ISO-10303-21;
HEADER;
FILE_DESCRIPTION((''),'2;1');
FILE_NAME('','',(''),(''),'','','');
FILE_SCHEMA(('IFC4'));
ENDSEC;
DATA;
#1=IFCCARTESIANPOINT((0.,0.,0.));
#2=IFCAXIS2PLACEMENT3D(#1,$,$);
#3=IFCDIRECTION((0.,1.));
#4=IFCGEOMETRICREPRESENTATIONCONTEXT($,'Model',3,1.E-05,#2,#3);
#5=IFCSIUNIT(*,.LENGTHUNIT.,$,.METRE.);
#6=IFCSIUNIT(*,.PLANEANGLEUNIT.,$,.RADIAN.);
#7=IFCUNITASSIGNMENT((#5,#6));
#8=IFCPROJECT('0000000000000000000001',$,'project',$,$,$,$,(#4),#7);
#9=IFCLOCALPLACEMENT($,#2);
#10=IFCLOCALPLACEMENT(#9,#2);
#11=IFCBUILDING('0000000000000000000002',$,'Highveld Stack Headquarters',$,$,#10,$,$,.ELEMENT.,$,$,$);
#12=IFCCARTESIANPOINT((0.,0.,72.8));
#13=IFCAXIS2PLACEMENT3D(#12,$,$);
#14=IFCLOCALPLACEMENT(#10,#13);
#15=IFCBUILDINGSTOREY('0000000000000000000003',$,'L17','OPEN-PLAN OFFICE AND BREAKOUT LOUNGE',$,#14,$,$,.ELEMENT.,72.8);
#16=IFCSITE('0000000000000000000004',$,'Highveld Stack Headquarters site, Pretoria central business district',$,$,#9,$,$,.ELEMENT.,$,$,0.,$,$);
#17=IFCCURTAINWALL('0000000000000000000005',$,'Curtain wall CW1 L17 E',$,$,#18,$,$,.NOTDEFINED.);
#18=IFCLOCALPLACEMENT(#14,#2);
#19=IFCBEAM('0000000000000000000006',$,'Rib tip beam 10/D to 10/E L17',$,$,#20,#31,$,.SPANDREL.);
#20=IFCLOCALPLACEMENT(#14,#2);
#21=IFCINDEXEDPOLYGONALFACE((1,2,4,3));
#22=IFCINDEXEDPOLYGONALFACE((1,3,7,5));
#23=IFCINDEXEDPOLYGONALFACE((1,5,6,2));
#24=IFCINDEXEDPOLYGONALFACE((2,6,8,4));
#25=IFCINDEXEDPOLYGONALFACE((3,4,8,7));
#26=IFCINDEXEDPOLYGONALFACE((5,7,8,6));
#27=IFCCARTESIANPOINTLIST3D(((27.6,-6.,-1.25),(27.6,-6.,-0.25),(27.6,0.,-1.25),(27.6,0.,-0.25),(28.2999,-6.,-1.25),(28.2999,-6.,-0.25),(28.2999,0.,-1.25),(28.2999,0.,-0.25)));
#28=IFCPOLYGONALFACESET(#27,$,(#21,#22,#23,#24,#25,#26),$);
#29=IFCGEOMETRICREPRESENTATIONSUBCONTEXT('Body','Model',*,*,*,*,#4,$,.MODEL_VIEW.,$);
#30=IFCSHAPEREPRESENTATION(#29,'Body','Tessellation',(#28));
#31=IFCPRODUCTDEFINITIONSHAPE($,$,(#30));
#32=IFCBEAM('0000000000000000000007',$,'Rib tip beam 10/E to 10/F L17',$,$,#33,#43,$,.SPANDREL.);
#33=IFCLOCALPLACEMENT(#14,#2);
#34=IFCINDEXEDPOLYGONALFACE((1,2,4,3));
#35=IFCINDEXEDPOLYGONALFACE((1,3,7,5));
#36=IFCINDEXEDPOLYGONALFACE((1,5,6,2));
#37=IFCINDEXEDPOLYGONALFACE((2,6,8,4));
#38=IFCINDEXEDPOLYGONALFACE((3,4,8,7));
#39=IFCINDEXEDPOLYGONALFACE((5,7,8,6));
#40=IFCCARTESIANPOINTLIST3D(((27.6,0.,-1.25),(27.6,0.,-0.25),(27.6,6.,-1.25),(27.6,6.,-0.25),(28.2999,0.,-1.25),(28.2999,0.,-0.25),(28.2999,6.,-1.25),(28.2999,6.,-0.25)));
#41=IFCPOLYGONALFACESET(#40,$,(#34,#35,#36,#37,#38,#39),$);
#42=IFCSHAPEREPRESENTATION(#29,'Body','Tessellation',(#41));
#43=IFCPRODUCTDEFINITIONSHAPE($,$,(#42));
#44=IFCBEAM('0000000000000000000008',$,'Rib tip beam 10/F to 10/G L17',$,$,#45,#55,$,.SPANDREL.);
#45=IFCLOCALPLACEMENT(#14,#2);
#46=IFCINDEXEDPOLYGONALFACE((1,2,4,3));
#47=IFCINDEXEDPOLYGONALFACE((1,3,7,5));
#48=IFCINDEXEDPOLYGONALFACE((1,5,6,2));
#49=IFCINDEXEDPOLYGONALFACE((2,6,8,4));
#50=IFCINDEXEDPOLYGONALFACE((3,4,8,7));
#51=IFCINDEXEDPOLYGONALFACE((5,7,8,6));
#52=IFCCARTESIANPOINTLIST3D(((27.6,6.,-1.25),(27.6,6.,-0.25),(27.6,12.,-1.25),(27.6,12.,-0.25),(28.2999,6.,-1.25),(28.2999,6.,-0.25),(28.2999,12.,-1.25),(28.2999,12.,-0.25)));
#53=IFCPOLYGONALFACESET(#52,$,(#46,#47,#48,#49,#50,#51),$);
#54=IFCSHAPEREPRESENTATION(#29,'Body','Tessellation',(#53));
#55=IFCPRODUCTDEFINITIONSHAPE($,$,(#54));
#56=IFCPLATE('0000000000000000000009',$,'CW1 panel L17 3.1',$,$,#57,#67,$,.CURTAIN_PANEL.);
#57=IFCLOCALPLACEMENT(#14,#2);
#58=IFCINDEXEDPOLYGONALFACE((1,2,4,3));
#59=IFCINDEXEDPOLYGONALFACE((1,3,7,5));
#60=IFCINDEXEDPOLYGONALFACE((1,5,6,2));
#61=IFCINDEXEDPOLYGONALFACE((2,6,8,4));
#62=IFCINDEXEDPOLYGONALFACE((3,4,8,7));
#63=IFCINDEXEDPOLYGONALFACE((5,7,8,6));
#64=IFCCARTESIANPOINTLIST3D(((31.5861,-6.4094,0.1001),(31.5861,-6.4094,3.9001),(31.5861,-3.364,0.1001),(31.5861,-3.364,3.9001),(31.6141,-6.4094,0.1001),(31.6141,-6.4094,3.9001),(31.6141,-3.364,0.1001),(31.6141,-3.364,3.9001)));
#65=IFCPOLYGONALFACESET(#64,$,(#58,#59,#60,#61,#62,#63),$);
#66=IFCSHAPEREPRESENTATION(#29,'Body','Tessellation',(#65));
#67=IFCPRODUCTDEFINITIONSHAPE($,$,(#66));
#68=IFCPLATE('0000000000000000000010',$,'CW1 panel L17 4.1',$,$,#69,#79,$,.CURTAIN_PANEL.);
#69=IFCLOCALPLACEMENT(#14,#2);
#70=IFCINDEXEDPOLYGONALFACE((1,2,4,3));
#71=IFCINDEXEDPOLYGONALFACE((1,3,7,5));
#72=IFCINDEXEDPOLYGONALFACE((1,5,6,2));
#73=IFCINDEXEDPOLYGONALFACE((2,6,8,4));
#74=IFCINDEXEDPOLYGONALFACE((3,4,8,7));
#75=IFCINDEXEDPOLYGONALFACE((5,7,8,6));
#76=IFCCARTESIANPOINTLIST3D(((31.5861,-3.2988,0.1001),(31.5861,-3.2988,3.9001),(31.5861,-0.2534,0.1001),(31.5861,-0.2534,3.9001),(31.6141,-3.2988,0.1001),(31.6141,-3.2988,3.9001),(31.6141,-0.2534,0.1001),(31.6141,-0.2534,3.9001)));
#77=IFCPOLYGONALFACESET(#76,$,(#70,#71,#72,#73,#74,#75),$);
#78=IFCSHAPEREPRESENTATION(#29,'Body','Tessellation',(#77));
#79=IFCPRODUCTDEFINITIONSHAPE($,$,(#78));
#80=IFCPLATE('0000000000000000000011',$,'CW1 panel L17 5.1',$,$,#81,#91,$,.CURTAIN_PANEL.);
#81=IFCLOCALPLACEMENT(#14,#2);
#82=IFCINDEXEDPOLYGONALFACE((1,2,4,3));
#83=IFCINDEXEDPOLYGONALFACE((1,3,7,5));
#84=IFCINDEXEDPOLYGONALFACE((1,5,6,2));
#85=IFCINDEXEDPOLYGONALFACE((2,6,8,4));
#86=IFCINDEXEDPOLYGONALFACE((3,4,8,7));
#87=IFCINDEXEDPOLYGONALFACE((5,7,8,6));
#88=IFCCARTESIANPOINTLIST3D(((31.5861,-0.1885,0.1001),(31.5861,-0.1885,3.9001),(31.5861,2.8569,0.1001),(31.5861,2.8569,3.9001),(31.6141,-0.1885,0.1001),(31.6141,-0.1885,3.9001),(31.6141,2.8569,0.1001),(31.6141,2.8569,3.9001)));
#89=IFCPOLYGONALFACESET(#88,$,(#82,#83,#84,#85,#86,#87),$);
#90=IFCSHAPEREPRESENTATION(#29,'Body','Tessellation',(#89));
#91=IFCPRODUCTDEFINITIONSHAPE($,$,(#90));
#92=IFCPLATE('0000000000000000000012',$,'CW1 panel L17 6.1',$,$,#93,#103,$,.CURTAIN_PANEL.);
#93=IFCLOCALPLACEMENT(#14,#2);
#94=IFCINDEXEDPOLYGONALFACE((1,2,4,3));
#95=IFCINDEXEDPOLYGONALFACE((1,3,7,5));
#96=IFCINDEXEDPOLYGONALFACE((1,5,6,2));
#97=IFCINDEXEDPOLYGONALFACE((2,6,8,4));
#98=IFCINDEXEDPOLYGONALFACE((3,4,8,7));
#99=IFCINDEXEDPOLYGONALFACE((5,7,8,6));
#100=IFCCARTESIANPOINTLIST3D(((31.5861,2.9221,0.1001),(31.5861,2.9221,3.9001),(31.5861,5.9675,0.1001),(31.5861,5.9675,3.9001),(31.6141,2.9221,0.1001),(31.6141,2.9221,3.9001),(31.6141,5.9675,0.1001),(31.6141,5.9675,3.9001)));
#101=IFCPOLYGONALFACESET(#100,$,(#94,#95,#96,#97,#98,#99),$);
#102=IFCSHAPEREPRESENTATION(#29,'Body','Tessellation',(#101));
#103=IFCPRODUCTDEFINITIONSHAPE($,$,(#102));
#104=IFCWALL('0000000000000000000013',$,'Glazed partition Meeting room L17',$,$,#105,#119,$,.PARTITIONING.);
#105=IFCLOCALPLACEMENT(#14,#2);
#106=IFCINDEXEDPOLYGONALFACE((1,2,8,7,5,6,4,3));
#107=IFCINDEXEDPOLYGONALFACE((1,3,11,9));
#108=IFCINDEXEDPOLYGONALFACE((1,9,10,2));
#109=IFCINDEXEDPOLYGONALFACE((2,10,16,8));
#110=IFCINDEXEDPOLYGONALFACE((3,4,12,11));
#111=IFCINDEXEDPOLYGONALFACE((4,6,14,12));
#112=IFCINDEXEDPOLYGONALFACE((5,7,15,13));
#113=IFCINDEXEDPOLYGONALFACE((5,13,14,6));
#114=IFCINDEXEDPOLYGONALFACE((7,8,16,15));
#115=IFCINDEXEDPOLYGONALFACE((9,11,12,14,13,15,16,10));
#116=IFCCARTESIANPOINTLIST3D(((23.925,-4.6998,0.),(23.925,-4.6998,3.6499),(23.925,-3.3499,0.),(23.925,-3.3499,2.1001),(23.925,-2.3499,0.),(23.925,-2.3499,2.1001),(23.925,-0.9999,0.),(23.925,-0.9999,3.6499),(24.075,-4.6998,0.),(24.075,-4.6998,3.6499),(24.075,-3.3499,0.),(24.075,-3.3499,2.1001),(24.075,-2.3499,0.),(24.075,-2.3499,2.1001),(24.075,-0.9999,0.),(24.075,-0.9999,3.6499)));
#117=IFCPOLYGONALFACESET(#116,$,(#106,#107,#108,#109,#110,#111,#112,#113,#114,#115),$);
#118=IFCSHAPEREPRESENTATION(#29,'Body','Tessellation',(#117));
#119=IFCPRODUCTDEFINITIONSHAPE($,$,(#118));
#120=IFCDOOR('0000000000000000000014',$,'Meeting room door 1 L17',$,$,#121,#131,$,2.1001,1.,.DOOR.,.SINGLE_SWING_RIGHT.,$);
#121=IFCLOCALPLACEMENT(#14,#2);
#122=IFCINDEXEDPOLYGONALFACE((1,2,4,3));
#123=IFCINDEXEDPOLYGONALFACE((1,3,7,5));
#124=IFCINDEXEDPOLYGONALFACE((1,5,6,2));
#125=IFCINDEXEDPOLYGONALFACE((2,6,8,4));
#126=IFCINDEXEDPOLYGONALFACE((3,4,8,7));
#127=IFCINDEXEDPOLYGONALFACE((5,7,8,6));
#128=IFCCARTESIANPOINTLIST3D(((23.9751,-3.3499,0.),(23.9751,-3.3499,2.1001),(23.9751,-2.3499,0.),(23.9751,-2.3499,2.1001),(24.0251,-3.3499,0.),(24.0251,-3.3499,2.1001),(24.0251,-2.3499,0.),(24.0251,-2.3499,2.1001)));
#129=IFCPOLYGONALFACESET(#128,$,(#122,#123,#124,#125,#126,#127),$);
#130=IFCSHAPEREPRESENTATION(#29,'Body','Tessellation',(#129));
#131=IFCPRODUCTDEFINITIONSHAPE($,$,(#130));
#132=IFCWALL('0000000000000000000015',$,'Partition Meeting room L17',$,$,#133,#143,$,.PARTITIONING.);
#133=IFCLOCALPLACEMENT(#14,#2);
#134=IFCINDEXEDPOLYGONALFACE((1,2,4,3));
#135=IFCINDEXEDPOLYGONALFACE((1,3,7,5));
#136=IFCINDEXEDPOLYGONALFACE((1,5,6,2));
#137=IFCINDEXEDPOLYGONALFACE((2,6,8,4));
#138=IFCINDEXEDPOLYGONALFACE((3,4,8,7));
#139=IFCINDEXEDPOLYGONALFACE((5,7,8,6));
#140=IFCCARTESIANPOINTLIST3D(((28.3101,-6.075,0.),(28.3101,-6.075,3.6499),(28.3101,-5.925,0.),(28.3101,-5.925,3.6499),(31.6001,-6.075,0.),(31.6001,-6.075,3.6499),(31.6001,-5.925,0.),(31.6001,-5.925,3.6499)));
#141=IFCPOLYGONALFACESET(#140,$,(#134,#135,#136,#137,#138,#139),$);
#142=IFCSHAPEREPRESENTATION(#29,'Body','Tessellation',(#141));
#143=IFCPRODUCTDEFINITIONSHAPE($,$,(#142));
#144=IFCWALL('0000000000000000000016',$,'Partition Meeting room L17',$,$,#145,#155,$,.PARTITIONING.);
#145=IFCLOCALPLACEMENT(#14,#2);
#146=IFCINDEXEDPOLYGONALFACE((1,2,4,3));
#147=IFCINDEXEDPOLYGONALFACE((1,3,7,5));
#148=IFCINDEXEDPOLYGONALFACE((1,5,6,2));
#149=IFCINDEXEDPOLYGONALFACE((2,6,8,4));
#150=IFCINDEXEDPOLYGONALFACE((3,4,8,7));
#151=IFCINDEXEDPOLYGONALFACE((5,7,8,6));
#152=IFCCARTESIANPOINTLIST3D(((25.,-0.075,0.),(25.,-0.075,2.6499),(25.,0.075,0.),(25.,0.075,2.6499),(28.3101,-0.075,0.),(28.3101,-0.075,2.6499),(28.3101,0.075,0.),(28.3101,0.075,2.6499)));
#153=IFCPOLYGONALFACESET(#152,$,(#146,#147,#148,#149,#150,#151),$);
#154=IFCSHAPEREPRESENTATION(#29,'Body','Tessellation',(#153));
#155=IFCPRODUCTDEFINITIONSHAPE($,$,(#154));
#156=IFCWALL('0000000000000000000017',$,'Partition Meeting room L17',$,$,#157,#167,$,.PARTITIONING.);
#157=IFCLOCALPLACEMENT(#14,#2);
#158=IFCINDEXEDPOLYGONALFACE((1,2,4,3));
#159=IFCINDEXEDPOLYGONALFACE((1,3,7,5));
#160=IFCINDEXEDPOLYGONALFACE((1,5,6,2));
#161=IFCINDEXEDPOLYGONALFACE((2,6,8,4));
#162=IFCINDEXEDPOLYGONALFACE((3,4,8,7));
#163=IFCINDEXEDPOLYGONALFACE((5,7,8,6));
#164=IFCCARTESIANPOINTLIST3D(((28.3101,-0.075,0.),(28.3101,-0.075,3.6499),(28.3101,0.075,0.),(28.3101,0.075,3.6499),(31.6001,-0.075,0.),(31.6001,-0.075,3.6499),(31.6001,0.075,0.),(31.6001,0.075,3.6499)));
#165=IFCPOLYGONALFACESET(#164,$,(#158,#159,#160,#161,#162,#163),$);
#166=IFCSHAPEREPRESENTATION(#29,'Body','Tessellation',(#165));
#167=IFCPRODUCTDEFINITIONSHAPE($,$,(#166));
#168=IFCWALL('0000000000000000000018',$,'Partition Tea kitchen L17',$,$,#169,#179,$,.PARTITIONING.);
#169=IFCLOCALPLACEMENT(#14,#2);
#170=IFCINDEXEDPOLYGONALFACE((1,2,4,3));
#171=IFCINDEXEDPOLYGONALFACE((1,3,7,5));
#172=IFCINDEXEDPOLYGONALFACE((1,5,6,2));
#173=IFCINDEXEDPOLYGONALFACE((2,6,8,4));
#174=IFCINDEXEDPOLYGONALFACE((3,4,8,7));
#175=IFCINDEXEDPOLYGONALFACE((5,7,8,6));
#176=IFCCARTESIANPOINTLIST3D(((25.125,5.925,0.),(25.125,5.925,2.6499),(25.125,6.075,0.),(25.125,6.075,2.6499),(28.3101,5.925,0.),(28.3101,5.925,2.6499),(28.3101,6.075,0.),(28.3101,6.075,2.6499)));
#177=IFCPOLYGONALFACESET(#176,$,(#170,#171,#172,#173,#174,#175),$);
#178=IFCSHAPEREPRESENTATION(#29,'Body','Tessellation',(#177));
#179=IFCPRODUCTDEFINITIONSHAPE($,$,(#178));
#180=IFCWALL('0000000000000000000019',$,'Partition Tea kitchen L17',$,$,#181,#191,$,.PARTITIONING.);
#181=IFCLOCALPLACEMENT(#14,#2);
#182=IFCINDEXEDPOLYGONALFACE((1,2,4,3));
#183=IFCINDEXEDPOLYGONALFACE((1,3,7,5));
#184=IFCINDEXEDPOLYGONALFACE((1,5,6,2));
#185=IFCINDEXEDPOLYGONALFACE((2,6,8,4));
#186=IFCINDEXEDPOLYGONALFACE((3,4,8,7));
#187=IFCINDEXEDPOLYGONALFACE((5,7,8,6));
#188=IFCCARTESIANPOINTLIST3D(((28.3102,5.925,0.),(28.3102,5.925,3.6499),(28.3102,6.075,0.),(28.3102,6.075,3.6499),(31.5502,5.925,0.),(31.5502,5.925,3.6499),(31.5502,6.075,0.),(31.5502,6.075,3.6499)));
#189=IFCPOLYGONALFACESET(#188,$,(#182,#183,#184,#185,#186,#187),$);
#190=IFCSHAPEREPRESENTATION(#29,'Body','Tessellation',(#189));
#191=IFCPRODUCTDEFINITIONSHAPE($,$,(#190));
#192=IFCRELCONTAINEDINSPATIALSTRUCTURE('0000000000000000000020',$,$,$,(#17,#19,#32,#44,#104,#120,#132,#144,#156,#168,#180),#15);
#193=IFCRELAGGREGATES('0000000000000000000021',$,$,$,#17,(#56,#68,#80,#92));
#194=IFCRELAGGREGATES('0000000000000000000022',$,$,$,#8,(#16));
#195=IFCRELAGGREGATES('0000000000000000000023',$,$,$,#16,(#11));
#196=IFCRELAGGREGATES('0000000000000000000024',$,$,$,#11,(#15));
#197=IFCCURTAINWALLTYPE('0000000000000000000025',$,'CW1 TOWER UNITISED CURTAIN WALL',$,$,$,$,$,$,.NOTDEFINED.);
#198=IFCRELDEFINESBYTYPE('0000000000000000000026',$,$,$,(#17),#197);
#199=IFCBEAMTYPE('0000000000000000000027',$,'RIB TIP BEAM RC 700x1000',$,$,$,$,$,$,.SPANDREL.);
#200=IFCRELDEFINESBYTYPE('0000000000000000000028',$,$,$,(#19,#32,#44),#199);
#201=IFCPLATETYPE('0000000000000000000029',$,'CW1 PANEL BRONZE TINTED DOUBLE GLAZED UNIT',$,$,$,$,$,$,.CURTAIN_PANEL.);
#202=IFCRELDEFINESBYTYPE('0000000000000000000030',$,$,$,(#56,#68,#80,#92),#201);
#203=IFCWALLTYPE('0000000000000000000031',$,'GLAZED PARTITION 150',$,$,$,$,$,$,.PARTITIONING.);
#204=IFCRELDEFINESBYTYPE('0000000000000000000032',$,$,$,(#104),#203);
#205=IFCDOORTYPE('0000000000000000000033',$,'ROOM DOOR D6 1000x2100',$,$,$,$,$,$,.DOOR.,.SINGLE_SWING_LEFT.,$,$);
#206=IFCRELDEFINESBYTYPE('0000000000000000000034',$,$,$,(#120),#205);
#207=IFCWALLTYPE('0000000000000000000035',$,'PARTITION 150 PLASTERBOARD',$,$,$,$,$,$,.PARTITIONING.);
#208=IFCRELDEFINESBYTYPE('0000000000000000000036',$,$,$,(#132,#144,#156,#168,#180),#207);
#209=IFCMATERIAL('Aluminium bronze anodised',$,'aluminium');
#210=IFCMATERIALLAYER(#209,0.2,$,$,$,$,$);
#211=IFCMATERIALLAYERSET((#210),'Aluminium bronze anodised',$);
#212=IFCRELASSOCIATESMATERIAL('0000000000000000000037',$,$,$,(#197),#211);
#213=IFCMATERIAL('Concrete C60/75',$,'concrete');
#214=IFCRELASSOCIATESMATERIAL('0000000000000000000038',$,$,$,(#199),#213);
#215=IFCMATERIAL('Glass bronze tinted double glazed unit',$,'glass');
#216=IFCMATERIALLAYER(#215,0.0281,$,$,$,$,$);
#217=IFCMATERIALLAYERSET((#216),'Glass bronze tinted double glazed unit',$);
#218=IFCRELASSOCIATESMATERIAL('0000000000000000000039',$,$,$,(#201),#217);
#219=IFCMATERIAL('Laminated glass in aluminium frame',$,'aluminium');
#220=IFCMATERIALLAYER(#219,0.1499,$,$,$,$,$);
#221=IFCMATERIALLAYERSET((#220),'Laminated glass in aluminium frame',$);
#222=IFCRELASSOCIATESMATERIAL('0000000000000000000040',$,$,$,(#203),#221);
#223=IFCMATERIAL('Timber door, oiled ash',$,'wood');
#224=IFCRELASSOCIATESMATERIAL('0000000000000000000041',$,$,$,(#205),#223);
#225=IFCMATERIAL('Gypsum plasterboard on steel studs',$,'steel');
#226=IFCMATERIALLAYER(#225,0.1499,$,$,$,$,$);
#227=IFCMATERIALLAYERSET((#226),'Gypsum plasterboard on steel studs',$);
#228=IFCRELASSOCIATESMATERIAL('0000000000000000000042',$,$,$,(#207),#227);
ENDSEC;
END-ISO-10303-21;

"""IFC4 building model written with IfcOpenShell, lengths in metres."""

from ifc_helpers import new_model, si_unit, direction, frame, frame_2d, origin, origin_2d, place, context, subcontext, project, spatial, rectangle, extrude, material, layer, layer_set, material_profile, profile_set, type_object, element, fill, aggregate, save


model = new_model("IFC4")

# Units and contexts
model_context = context("Model", 3, precision=1e-05, world=origin(), true_north=direction((0.0, 1.0)))
body_context = subcontext(model_context, "Body", "Model", "MODEL_VIEW")
ifc_project = project(units=[si_unit("LENGTHUNIT", "METRE"), si_unit("PLANEANGLEUNIT", "RADIAN")], contexts=[model_context])

# Site, building, storey
site_placement = place(None, origin())
site = spatial("IfcSite", under=ifc_project, at=site_placement, Name="Highveld Stack Headquarters site, Pretoria central business district", CompositionType="ELEMENT", RefElevation=0.0)
building_placement = place(site_placement, origin())
building = spatial("IfcBuilding", under=site, at=building_placement, Name="Highveld Stack Headquarters", CompositionType="ELEMENT")
storey_placement = place(building_placement, frame((0.0, 0.0, 72.8)))
storey = spatial("IfcBuildingStorey", under=building, at=storey_placement, Name="L17", Description="OPEN-PLAN OFFICE AND BREAKOUT LOUNGE", CompositionType="ELEMENT", Elevation=72.8)

# Curtain wall
ifc_material_1 = material(Name="Aluminium bronze anodised", Category="aluminium")
ifc_layer_1 = layer(ifc_material_1, 0.2)
ifc_layer_set_1 = layer_set([ifc_layer_1], Name="Aluminium bronze anodised")
curtain_wall_type = type_object("IfcCurtainWallType", Name="CW1 TOWER UNITISED CURTAIN WALL", PredefinedType="NOTDEFINED", material=ifc_layer_set_1)
curtain_wall_placement = place(storey_placement, origin())
curtain_wall = element("IfcCurtainWall", 1, at=curtain_wall_placement, inside=storey, type_object=curtain_wall_type, Name="Curtain wall CW1 L17 E", PredefinedType="NOTDEFINED")

# Beams
ifc_material_2 = material(Name="Concrete C60/75", Category="concrete")
ifc_material_profile_1 = material_profile(ifc_material_2, rectangle(XDim=0.7, YDim=1.0, at=origin_2d()), Name="RC 700x1000")
ifc_profile_set_1 = profile_set([ifc_material_profile_1], Name="Concrete C60/75")
beam_type_1 = type_object("IfcBeamType", Name="RIB TIP BEAM RC 700x1000", PredefinedType="SPANDREL", material=ifc_profile_set_1)
for number, where, z_axis, x_axis, name in (
    (2, (27.95, -6.0, -0.75), (0.0, 1.0, 0.0), (-1.0, 0.0, 0.0), "Rib tip beam 10/D to 10/E L17"),
    (3, (27.95, 0.0, -0.75), (0.0, 1.0, 0.0), (-1.0, 0.0, 0.0), "Rib tip beam 10/E to 10/F L17"),
    (4, (27.95, 6.0, -0.75), (0.0, 1.0, 0.0), (-1.0, 0.0, 0.0), "Rib tip beam 10/F to 10/G L17"),
):
    element("IfcBeam", number, at=place(storey_placement, frame(where, z_axis=z_axis, x_axis=x_axis)), inside=storey, type_object=beam_type_1, Name=name, PredefinedType="SPANDREL", context=body_context, shape_type="SweptSolid", body=[
        extrude(rectangle(XDim=0.7, YDim=1.0, at=origin_2d()), origin(), (0.0, 0.0, 1.0), 6.0),
    ])

# Plates
ifc_material_3 = material(Name="Glass bronze tinted double glazed unit", Category="glass")
ifc_layer_2 = layer(ifc_material_3, 0.0281)
ifc_layer_set_2 = layer_set([ifc_layer_2], Name="Glass bronze tinted double glazed unit")
plate_type = type_object("IfcPlateType", Name="CW1 PANEL BRONZE TINTED DOUBLE GLAZED UNIT", PredefinedType="CURTAIN_PANEL", material=ifc_layer_set_2)
plate_1_placement = place(storey_placement, frame((31.6001, -4.8867, 0.1001), z_axis=(0.0, 0.0, 1.0), x_axis=(0.0, 1.0, 0.0)))
plate_1 = element("IfcPlate", 5, at=plate_1_placement, type_object=plate_type, Name="CW1 panel L17 3.1", PredefinedType="CURTAIN_PANEL", context=body_context, shape_type="SweptSolid", body=[
    extrude(rectangle(XDim=3.0454, YDim=0.0281, at=origin_2d()), origin(), (0.0, 0.0, 1.0), 3.8),
])
plate_2_placement = place(storey_placement, frame((31.6001, -1.7761, 0.1001), z_axis=(0.0, 0.0, 1.0), x_axis=(0.0, 1.0, 0.0)))
plate_2 = element("IfcPlate", 6, at=plate_2_placement, type_object=plate_type, Name="CW1 panel L17 4.1", PredefinedType="CURTAIN_PANEL", context=body_context, shape_type="SweptSolid", body=[
    extrude(rectangle(XDim=3.0454, YDim=0.0281, at=origin_2d()), origin(), (0.0, 0.0, 1.0), 3.8),
])
plate_3_placement = place(storey_placement, frame((31.6001, 1.3342, 0.1001), z_axis=(0.0, 0.0, 1.0), x_axis=(0.0, 1.0, 0.0)))
plate_3 = element("IfcPlate", 7, at=plate_3_placement, type_object=plate_type, Name="CW1 panel L17 5.1", PredefinedType="CURTAIN_PANEL", context=body_context, shape_type="SweptSolid", body=[
    extrude(rectangle(XDim=3.0454, YDim=0.0281, at=origin_2d()), origin(), (0.0, 0.0, 1.0), 3.8),
])
plate_4_placement = place(storey_placement, frame((31.6001, 4.4448, 0.1001), z_axis=(0.0, 0.0, 1.0), x_axis=(0.0, 1.0, 0.0)))
plate_4 = element("IfcPlate", 8, at=plate_4_placement, type_object=plate_type, Name="CW1 panel L17 6.1", PredefinedType="CURTAIN_PANEL", context=body_context, shape_type="SweptSolid", body=[
    extrude(rectangle(XDim=3.0454, YDim=0.0281, at=origin_2d()), origin(), (0.0, 0.0, 1.0), 3.8),
])
aggregate(curtain_wall, [plate_1, plate_2, plate_3, plate_4])

# Wall, opening, door
ifc_material_4 = material(Name="Laminated glass in aluminium frame", Category="aluminium")
ifc_layer_3 = layer(ifc_material_4, 0.1499)
ifc_layer_set_3 = layer_set([ifc_layer_3], Name="Laminated glass in aluminium frame")
wall_type_1 = type_object("IfcWallType", Name="GLAZED PARTITION 150", PredefinedType="PARTITIONING", material=ifc_layer_set_3)
wall_1_placement = place(storey_placement, frame((24.0, -4.7, 0.0), z_axis=(0.0, 0.0, 1.0), x_axis=(0.0, 1.0, 0.0)))
wall_1 = element("IfcWall", 9, at=wall_1_placement, inside=storey, type_object=wall_type_1, Name="Glazed partition Meeting room L17", PredefinedType="PARTITIONING", context=body_context, shape_type="SweptSolid", body=[
    extrude(rectangle(XDim=3.7, YDim=0.1499, at=frame_2d((1.8501, 0.0))), origin(), (0.0, 0.0, 1.0), 3.6499),
])
opening_placement = place(wall_1_placement, frame((1.3501, 0.0, 0.0)))
opening = element("IfcOpeningElement", 10, at=opening_placement, cuts=wall_1, PredefinedType="OPENING", context=body_context, shape_type="SweptSolid", body=[
    extrude(rectangle(XDim=1.0, YDim=2.1001, at=frame_2d((0.5, 1.05))), frame((0.0, 0.085, 0.0), z_axis=(0.0, -1.0, 0.0), x_axis=(1.0, 0.0, 0.0)), (0.0, 0.0, 1.0), 0.1699),
])
ifc_material_5 = material(Name="Timber door, oiled ash", Category="wood")
door_type = type_object("IfcDoorType", Name="ROOM DOOR D6 1000x2100", OperationType="SINGLE_SWING_LEFT", PredefinedType="DOOR", material=ifc_material_5)
door_placement = place(opening_placement, origin())
door = element("IfcDoor", 11, at=door_placement, inside=storey, type_object=door_type, Name="Meeting room door 1 L17", OperationType="SINGLE_SWING_RIGHT", OverallHeight=2.1001, OverallWidth=1.0, PredefinedType="DOOR", context=body_context, shape_type="SweptSolid", body=[
    extrude(rectangle(XDim=1.0, YDim=2.1001, at=frame_2d((0.5, 1.05))), frame((0.0, 0.0249, 0.0), z_axis=(0.0, -1.0, 0.0), x_axis=(1.0, 0.0, 0.0)), (0.0, 0.0, 1.0), 0.05),
])
fill(opening, door)

# Walls
ifc_material_6 = material(Name="Gypsum plasterboard on steel studs", Category="steel")
ifc_layer_4 = layer(ifc_material_6, 0.1499)
ifc_layer_set_4 = layer_set([ifc_layer_4], Name="Gypsum plasterboard on steel studs")
wall_type_2 = type_object("IfcWallType", Name="PARTITION 150 PLASTERBOARD", PredefinedType="PARTITIONING", material=ifc_layer_set_4)
wall_2_placement = place(storey_placement, frame((28.3101, -6.0, 0.0), z_axis=(0.0, 0.0, 1.0), x_axis=(1.0, 0.0, 0.0)))
element("IfcWall", 12, at=wall_2_placement, inside=storey, type_object=wall_type_2, Name="Partition Meeting room L17", PredefinedType="PARTITIONING", context=body_context, shape_type="SweptSolid", body=[
    extrude(rectangle(XDim=3.29, YDim=0.1499, at=frame_2d((1.645, 0.0))), origin(), (0.0, 0.0, 1.0), 3.6499),
])
wall_3_placement = place(storey_placement, frame((25.0, 0.0, 0.0), z_axis=(0.0, 0.0, 1.0), x_axis=(1.0, 0.0, 0.0)))
element("IfcWall", 13, at=wall_3_placement, inside=storey, type_object=wall_type_2, Name="Partition Meeting room L17", PredefinedType="PARTITIONING", context=body_context, shape_type="SweptSolid", body=[
    extrude(rectangle(XDim=3.3101, YDim=0.1499, at=frame_2d((1.655, 0.0))), origin(), (0.0, 0.0, 1.0), 2.6499),
])
wall_4_placement = place(storey_placement, frame((28.3101, 0.0, 0.0), z_axis=(0.0, 0.0, 1.0), x_axis=(1.0, 0.0, 0.0)))
element("IfcWall", 14, at=wall_4_placement, inside=storey, type_object=wall_type_2, Name="Partition Meeting room L17", PredefinedType="PARTITIONING", context=body_context, shape_type="SweptSolid", body=[
    extrude(rectangle(XDim=3.29, YDim=0.1499, at=frame_2d((1.645, 0.0))), origin(), (0.0, 0.0, 1.0), 3.6499),
])
wall_5_placement = place(storey_placement, frame((25.125, 6.0, 0.0), z_axis=(0.0, 0.0, 1.0), x_axis=(1.0, 0.0, 0.0)))
element("IfcWall", 15, at=wall_5_placement, inside=storey, type_object=wall_type_2, Name="Partition Tea kitchen L17", PredefinedType="PARTITIONING", context=body_context, shape_type="SweptSolid", body=[
    extrude(rectangle(XDim=3.1851, YDim=0.1499, at=frame_2d((1.5925, 0.0))), origin(), (0.0, 0.0, 1.0), 2.6499),
])
wall_6_placement = place(storey_placement, frame((28.3101, 6.0, 0.0), z_axis=(0.0, 0.0, 1.0), x_axis=(1.0, 0.0, 0.0)))
element("IfcWall", 16, at=wall_6_placement, inside=storey, type_object=wall_type_2, Name="Partition Tea kitchen L17", PredefinedType="PARTITIONING", context=body_context, shape_type="SweptSolid", body=[
    extrude(rectangle(XDim=3.24, YDim=0.1499, at=frame_2d((1.6201, 0.0))), origin(), (0.0, 0.0, 1.0), 3.6499),
])

save(model, "model.ifc")
